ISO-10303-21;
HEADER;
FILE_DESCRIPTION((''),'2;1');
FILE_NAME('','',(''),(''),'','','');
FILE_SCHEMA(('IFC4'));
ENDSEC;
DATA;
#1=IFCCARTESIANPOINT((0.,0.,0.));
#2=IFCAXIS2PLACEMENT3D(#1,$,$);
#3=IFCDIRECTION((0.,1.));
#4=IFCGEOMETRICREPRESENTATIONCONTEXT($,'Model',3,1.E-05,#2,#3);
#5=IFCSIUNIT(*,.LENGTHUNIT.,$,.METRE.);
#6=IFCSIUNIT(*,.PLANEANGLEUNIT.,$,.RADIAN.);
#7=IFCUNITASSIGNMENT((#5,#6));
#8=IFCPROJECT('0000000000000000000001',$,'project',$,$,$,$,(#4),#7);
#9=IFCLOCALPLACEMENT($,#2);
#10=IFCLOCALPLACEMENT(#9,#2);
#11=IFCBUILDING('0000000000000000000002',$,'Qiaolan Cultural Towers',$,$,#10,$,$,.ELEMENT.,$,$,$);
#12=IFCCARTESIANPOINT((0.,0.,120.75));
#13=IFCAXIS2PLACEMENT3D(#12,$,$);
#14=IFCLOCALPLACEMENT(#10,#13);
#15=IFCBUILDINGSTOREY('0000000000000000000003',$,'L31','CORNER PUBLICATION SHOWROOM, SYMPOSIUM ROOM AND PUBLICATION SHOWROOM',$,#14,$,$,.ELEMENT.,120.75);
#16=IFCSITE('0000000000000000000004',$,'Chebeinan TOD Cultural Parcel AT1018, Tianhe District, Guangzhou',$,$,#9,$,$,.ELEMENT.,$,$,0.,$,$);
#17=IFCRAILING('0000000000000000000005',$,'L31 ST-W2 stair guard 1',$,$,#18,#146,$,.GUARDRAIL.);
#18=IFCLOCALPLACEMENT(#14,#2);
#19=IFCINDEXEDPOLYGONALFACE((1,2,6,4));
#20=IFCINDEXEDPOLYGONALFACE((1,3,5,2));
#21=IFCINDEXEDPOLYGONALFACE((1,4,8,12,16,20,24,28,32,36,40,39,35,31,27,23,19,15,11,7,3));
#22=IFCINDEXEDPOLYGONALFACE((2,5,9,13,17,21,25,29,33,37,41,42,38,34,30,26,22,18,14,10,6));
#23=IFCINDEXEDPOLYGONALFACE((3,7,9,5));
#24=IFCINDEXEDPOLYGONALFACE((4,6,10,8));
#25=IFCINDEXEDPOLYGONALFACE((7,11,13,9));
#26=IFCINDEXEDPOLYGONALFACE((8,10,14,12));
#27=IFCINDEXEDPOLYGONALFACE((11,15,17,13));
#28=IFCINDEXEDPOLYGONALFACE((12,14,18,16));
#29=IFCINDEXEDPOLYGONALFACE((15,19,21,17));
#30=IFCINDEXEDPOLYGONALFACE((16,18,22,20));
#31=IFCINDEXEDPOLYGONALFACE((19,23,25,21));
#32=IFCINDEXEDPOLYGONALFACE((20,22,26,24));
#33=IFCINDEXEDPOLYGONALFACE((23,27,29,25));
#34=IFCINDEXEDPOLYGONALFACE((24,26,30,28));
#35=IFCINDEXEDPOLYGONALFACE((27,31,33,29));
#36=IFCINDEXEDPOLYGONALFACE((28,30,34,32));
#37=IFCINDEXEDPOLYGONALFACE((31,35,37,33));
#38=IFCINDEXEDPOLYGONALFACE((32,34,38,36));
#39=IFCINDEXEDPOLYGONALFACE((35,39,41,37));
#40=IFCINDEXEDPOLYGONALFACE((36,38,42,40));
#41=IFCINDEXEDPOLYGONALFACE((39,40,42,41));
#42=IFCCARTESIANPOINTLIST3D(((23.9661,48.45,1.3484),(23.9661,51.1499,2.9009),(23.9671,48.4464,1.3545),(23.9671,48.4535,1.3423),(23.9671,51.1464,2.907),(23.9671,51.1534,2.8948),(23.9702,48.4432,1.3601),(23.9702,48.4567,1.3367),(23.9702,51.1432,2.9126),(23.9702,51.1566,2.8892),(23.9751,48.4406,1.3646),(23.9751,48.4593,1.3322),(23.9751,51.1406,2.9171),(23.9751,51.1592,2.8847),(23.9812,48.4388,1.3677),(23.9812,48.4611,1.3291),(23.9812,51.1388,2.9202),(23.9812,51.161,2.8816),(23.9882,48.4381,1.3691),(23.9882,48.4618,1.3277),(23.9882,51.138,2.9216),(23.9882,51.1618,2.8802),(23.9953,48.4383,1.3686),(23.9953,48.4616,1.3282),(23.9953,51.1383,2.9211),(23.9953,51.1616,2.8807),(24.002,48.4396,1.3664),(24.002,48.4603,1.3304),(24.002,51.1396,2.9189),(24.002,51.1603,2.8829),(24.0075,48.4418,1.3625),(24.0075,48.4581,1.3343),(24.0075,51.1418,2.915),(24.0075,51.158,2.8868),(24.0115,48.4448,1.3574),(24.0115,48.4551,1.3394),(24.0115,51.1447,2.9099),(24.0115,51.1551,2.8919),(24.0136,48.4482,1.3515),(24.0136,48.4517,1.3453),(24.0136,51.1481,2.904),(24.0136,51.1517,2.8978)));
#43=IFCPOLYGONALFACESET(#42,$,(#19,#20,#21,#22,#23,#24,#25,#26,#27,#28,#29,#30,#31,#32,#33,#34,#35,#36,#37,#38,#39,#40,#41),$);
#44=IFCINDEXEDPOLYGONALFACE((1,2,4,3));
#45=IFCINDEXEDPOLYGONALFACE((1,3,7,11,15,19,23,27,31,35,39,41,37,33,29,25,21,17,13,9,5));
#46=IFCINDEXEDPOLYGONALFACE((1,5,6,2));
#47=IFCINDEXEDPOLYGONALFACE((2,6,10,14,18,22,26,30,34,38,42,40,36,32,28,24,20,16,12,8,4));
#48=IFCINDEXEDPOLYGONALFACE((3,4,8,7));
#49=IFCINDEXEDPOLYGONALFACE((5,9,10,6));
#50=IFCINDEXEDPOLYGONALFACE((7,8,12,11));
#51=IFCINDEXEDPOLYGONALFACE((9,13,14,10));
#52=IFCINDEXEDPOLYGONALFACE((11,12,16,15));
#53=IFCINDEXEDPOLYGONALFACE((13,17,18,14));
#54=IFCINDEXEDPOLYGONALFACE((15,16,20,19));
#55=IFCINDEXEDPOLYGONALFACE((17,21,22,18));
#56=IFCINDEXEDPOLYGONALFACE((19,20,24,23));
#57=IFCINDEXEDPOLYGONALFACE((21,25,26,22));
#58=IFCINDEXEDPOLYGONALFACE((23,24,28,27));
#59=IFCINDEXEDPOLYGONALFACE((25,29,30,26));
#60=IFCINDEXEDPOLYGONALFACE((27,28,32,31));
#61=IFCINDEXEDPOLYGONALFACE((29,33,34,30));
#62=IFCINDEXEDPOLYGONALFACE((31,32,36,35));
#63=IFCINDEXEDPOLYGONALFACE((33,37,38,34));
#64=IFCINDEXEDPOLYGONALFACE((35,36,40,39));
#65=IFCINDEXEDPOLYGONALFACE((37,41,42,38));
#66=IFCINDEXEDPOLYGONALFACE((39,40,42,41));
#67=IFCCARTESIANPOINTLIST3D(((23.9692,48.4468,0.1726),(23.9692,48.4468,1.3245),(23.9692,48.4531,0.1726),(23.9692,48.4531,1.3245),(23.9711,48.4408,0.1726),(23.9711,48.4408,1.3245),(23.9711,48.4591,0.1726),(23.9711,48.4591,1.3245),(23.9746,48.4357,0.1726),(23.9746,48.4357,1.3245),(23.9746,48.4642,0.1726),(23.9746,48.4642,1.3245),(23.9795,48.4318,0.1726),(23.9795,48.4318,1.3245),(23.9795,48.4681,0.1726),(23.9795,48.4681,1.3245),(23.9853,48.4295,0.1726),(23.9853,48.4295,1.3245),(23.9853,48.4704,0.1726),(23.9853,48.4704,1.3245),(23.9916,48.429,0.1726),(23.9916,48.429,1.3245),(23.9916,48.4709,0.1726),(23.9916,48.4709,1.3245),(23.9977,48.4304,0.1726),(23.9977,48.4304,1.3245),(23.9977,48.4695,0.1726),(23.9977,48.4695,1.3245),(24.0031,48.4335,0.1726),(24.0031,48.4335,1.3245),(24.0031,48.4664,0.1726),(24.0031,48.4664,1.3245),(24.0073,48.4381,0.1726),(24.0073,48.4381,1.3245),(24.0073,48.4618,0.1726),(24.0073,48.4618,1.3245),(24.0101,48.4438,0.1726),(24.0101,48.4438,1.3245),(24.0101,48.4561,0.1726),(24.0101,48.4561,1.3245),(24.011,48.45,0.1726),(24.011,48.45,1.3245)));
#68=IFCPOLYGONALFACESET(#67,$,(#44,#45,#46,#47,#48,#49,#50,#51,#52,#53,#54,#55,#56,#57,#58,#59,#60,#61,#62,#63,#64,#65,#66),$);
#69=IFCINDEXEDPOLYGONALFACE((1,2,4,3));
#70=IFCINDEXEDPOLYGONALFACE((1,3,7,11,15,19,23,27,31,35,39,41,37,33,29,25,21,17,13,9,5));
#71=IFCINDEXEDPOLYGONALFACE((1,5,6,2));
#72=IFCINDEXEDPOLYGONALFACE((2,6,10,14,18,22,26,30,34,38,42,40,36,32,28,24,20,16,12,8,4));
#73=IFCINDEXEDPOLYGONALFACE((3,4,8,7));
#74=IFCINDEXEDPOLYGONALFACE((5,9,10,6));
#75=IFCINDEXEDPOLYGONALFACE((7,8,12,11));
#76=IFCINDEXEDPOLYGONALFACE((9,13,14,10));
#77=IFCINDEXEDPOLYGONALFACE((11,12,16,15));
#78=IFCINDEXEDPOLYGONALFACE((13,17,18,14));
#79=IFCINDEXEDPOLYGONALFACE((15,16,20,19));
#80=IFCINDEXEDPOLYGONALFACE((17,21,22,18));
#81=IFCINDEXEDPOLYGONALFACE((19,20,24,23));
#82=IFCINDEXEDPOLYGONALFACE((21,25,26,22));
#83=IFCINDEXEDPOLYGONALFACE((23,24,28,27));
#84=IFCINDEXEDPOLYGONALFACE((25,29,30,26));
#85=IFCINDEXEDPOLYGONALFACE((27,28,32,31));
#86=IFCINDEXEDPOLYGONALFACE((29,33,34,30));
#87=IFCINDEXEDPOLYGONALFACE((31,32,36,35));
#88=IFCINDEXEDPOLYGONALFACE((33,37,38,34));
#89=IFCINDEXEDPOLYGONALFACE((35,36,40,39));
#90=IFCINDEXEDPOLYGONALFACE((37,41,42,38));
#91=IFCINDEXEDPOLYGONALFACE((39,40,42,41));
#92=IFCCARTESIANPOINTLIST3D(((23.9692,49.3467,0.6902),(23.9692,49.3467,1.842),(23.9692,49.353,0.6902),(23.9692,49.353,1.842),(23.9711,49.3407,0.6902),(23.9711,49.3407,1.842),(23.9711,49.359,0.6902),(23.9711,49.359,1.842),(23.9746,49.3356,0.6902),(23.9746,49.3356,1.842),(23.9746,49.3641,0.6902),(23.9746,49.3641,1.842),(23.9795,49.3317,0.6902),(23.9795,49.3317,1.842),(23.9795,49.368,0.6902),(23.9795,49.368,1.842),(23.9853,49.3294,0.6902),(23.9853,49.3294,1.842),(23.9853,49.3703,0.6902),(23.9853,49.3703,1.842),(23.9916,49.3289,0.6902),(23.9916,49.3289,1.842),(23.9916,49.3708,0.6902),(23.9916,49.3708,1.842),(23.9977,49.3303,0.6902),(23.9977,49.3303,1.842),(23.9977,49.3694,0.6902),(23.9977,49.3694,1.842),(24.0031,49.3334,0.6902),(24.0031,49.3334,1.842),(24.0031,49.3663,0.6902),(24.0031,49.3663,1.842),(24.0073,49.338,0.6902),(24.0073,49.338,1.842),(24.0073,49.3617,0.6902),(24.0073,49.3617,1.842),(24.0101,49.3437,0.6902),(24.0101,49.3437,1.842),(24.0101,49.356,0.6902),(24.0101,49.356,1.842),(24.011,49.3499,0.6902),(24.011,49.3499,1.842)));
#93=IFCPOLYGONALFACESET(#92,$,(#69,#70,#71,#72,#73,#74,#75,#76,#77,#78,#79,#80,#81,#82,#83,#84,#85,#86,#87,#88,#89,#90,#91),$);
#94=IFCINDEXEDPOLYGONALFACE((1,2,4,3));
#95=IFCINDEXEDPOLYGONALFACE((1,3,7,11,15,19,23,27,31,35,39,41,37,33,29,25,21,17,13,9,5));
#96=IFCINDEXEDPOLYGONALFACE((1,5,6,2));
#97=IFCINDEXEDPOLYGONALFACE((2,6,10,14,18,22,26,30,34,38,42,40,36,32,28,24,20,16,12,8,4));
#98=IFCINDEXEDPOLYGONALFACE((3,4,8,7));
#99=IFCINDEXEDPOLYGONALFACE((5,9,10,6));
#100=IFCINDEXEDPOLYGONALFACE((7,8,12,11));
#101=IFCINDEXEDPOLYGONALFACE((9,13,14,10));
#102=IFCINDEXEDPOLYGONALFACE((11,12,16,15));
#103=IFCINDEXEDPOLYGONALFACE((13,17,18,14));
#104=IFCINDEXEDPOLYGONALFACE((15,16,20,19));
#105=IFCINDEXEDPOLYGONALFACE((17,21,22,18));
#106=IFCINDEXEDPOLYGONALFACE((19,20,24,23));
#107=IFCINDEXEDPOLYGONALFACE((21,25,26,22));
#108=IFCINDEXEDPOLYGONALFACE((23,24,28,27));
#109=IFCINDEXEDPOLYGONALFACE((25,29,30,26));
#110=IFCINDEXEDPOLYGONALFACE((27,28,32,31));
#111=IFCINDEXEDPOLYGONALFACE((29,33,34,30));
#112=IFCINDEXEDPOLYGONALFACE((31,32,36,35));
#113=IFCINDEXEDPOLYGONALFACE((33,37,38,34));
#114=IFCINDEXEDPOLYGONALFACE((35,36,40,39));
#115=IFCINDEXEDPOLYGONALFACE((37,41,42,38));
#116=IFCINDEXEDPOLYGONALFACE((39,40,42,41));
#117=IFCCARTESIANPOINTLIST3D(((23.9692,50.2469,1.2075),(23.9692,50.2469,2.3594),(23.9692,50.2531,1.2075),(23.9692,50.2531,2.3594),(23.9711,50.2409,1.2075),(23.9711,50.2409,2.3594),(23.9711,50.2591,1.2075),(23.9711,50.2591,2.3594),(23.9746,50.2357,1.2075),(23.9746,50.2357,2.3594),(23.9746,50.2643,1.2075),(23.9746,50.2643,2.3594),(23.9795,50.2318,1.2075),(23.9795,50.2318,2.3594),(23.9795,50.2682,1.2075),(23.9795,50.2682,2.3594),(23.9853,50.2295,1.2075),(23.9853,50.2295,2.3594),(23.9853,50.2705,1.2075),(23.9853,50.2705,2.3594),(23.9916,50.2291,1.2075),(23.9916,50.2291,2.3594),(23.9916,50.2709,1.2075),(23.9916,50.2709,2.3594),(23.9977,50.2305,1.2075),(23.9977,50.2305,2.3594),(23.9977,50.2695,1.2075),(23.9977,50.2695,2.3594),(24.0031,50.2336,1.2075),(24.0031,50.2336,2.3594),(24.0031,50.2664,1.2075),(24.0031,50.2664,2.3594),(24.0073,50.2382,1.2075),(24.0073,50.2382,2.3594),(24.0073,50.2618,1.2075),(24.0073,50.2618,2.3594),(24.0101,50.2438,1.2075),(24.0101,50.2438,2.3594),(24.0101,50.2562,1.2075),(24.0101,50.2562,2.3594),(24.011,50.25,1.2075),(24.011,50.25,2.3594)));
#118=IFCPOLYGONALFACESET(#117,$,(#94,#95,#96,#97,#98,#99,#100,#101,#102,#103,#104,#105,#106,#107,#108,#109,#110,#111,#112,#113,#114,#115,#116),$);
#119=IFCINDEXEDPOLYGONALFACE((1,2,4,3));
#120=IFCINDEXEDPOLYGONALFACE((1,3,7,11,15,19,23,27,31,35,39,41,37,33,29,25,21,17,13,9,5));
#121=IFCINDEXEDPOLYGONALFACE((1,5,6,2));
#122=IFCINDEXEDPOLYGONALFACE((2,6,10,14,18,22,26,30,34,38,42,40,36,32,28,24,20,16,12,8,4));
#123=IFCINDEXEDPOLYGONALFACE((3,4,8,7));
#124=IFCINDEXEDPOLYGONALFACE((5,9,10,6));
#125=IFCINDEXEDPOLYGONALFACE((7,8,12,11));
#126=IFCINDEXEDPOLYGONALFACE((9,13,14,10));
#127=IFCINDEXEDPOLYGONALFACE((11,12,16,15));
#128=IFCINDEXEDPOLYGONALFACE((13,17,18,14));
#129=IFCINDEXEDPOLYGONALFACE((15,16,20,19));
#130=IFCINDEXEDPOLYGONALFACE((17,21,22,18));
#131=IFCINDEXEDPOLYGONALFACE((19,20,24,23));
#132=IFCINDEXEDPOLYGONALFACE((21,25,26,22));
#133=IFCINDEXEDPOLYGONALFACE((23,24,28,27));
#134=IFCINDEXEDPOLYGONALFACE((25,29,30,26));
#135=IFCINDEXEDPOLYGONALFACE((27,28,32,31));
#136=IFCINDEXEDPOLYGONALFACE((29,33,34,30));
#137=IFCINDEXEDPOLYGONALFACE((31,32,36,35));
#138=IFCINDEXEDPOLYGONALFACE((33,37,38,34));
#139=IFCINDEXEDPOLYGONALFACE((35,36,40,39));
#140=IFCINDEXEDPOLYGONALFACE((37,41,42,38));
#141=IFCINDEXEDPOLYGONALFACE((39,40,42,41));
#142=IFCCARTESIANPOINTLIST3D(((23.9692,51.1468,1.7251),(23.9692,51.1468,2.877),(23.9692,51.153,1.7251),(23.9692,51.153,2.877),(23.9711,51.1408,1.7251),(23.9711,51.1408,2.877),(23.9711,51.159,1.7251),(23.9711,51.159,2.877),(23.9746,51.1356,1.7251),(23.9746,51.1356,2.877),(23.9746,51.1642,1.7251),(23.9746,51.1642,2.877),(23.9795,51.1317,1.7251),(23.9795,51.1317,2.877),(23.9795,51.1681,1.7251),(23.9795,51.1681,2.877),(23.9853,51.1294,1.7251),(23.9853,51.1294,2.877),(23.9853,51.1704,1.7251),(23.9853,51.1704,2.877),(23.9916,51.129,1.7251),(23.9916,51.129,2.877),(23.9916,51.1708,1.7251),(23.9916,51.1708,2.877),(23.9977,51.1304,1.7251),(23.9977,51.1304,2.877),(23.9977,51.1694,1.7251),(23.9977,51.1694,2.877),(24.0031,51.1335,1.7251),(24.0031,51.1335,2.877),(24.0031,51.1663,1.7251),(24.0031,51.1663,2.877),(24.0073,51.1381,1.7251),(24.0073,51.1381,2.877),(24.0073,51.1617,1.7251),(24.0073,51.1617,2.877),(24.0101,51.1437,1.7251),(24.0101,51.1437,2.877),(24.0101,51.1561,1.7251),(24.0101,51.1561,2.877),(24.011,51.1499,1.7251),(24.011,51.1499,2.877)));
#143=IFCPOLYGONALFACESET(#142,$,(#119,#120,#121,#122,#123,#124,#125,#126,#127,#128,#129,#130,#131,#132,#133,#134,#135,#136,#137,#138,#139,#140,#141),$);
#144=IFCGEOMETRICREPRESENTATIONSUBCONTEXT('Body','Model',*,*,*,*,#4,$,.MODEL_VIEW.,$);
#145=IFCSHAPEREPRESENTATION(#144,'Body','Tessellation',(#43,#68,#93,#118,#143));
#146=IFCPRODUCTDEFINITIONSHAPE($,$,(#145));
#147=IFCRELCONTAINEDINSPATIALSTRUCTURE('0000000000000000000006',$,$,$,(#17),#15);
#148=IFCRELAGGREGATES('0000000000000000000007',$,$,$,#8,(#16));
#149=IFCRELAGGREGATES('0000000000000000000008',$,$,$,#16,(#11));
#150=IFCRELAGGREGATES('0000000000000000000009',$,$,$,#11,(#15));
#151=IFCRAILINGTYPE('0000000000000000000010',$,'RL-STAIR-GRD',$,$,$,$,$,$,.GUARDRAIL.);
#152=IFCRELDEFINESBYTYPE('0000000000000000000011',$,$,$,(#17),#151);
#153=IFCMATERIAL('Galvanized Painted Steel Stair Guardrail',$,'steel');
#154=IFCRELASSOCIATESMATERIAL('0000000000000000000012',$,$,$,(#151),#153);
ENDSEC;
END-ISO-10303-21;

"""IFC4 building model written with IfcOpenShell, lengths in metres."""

from ifc_helpers import new_model, si_unit, direction, frame, origin, origin_2d, place, context, subcontext, project, spatial, circle, extrude, material, type_object, element, save


model = new_model("IFC4")

# Units and contexts
model_context = context("Model", 3, precision=1e-05, world=origin(), true_north=direction((0.0, 1.0)))
body_context = subcontext(model_context, "Body", "Model", "MODEL_VIEW")
ifc_project = project(units=[si_unit("LENGTHUNIT", "METRE"), si_unit("PLANEANGLEUNIT", "RADIAN")], contexts=[model_context])

# Site, building, storey
site_placement = place(None, origin())
site = spatial("IfcSite", under=ifc_project, at=site_placement, Name="Chebeinan TOD Cultural Parcel AT1018, Tianhe District, Guangzhou", CompositionType="ELEMENT", RefElevation=0.0)
building_placement = place(site_placement, origin())
building = spatial("IfcBuilding", under=site, at=building_placement, Name="Qiaolan Cultural Towers", CompositionType="ELEMENT")
storey_placement = place(building_placement, frame((0.0, 0.0, 120.75)))
storey = spatial("IfcBuildingStorey", under=building, at=storey_placement, Name="L31", Description="CORNER PUBLICATION SHOWROOM, SYMPOSIUM ROOM AND PUBLICATION SHOWROOM", CompositionType="ELEMENT", Elevation=120.75)

# Railing
ifc_material_1 = material(Name="Galvanized Painted Steel Stair Guardrail", Category="steel")
railing_type_1 = type_object("IfcRailingType", Name="RL-STAIR-GRD", PredefinedType="GUARDRAIL", material=ifc_material_1)
railing_1_placement = place(storey_placement, frame((23.99, 48.45, 0.1726)))
element("IfcRailing", 1, at=railing_1_placement, inside=storey, type_object=railing_type_1, Name="L31 ST-W2 stair guard 1", PredefinedType="GUARDRAIL", context=body_context, shape_type="SweptSolid", body=[
    extrude(circle(Radius=0.0239, at=origin_2d()), frame((0.0, 0.0, 1.1758), z_axis=(0.0, 0.866904, 0.498476), x_axis=(-1.0, 0.0, 0.0)), (0.0, 0.0, 1.0), 3.1145),
    extrude(circle(Radius=0.021, at=origin_2d()), origin(), (0.0, 0.0, 1.0), 1.1519),
    extrude(circle(Radius=0.021, at=origin_2d()), frame((0.0, 0.8999, 0.5176)), (0.0, 0.0, 1.0), 1.1519),
    extrude(circle(Radius=0.021, at=origin_2d()), frame((0.0, 1.8, 1.0349)), (0.0, 0.0, 1.0), 1.1519),
    extrude(circle(Radius=0.021, at=origin_2d()), frame((0.0, 2.7, 1.5525)), (0.0, 0.0, 1.0), 1.1519),
])

save(model, "model.ifc")
